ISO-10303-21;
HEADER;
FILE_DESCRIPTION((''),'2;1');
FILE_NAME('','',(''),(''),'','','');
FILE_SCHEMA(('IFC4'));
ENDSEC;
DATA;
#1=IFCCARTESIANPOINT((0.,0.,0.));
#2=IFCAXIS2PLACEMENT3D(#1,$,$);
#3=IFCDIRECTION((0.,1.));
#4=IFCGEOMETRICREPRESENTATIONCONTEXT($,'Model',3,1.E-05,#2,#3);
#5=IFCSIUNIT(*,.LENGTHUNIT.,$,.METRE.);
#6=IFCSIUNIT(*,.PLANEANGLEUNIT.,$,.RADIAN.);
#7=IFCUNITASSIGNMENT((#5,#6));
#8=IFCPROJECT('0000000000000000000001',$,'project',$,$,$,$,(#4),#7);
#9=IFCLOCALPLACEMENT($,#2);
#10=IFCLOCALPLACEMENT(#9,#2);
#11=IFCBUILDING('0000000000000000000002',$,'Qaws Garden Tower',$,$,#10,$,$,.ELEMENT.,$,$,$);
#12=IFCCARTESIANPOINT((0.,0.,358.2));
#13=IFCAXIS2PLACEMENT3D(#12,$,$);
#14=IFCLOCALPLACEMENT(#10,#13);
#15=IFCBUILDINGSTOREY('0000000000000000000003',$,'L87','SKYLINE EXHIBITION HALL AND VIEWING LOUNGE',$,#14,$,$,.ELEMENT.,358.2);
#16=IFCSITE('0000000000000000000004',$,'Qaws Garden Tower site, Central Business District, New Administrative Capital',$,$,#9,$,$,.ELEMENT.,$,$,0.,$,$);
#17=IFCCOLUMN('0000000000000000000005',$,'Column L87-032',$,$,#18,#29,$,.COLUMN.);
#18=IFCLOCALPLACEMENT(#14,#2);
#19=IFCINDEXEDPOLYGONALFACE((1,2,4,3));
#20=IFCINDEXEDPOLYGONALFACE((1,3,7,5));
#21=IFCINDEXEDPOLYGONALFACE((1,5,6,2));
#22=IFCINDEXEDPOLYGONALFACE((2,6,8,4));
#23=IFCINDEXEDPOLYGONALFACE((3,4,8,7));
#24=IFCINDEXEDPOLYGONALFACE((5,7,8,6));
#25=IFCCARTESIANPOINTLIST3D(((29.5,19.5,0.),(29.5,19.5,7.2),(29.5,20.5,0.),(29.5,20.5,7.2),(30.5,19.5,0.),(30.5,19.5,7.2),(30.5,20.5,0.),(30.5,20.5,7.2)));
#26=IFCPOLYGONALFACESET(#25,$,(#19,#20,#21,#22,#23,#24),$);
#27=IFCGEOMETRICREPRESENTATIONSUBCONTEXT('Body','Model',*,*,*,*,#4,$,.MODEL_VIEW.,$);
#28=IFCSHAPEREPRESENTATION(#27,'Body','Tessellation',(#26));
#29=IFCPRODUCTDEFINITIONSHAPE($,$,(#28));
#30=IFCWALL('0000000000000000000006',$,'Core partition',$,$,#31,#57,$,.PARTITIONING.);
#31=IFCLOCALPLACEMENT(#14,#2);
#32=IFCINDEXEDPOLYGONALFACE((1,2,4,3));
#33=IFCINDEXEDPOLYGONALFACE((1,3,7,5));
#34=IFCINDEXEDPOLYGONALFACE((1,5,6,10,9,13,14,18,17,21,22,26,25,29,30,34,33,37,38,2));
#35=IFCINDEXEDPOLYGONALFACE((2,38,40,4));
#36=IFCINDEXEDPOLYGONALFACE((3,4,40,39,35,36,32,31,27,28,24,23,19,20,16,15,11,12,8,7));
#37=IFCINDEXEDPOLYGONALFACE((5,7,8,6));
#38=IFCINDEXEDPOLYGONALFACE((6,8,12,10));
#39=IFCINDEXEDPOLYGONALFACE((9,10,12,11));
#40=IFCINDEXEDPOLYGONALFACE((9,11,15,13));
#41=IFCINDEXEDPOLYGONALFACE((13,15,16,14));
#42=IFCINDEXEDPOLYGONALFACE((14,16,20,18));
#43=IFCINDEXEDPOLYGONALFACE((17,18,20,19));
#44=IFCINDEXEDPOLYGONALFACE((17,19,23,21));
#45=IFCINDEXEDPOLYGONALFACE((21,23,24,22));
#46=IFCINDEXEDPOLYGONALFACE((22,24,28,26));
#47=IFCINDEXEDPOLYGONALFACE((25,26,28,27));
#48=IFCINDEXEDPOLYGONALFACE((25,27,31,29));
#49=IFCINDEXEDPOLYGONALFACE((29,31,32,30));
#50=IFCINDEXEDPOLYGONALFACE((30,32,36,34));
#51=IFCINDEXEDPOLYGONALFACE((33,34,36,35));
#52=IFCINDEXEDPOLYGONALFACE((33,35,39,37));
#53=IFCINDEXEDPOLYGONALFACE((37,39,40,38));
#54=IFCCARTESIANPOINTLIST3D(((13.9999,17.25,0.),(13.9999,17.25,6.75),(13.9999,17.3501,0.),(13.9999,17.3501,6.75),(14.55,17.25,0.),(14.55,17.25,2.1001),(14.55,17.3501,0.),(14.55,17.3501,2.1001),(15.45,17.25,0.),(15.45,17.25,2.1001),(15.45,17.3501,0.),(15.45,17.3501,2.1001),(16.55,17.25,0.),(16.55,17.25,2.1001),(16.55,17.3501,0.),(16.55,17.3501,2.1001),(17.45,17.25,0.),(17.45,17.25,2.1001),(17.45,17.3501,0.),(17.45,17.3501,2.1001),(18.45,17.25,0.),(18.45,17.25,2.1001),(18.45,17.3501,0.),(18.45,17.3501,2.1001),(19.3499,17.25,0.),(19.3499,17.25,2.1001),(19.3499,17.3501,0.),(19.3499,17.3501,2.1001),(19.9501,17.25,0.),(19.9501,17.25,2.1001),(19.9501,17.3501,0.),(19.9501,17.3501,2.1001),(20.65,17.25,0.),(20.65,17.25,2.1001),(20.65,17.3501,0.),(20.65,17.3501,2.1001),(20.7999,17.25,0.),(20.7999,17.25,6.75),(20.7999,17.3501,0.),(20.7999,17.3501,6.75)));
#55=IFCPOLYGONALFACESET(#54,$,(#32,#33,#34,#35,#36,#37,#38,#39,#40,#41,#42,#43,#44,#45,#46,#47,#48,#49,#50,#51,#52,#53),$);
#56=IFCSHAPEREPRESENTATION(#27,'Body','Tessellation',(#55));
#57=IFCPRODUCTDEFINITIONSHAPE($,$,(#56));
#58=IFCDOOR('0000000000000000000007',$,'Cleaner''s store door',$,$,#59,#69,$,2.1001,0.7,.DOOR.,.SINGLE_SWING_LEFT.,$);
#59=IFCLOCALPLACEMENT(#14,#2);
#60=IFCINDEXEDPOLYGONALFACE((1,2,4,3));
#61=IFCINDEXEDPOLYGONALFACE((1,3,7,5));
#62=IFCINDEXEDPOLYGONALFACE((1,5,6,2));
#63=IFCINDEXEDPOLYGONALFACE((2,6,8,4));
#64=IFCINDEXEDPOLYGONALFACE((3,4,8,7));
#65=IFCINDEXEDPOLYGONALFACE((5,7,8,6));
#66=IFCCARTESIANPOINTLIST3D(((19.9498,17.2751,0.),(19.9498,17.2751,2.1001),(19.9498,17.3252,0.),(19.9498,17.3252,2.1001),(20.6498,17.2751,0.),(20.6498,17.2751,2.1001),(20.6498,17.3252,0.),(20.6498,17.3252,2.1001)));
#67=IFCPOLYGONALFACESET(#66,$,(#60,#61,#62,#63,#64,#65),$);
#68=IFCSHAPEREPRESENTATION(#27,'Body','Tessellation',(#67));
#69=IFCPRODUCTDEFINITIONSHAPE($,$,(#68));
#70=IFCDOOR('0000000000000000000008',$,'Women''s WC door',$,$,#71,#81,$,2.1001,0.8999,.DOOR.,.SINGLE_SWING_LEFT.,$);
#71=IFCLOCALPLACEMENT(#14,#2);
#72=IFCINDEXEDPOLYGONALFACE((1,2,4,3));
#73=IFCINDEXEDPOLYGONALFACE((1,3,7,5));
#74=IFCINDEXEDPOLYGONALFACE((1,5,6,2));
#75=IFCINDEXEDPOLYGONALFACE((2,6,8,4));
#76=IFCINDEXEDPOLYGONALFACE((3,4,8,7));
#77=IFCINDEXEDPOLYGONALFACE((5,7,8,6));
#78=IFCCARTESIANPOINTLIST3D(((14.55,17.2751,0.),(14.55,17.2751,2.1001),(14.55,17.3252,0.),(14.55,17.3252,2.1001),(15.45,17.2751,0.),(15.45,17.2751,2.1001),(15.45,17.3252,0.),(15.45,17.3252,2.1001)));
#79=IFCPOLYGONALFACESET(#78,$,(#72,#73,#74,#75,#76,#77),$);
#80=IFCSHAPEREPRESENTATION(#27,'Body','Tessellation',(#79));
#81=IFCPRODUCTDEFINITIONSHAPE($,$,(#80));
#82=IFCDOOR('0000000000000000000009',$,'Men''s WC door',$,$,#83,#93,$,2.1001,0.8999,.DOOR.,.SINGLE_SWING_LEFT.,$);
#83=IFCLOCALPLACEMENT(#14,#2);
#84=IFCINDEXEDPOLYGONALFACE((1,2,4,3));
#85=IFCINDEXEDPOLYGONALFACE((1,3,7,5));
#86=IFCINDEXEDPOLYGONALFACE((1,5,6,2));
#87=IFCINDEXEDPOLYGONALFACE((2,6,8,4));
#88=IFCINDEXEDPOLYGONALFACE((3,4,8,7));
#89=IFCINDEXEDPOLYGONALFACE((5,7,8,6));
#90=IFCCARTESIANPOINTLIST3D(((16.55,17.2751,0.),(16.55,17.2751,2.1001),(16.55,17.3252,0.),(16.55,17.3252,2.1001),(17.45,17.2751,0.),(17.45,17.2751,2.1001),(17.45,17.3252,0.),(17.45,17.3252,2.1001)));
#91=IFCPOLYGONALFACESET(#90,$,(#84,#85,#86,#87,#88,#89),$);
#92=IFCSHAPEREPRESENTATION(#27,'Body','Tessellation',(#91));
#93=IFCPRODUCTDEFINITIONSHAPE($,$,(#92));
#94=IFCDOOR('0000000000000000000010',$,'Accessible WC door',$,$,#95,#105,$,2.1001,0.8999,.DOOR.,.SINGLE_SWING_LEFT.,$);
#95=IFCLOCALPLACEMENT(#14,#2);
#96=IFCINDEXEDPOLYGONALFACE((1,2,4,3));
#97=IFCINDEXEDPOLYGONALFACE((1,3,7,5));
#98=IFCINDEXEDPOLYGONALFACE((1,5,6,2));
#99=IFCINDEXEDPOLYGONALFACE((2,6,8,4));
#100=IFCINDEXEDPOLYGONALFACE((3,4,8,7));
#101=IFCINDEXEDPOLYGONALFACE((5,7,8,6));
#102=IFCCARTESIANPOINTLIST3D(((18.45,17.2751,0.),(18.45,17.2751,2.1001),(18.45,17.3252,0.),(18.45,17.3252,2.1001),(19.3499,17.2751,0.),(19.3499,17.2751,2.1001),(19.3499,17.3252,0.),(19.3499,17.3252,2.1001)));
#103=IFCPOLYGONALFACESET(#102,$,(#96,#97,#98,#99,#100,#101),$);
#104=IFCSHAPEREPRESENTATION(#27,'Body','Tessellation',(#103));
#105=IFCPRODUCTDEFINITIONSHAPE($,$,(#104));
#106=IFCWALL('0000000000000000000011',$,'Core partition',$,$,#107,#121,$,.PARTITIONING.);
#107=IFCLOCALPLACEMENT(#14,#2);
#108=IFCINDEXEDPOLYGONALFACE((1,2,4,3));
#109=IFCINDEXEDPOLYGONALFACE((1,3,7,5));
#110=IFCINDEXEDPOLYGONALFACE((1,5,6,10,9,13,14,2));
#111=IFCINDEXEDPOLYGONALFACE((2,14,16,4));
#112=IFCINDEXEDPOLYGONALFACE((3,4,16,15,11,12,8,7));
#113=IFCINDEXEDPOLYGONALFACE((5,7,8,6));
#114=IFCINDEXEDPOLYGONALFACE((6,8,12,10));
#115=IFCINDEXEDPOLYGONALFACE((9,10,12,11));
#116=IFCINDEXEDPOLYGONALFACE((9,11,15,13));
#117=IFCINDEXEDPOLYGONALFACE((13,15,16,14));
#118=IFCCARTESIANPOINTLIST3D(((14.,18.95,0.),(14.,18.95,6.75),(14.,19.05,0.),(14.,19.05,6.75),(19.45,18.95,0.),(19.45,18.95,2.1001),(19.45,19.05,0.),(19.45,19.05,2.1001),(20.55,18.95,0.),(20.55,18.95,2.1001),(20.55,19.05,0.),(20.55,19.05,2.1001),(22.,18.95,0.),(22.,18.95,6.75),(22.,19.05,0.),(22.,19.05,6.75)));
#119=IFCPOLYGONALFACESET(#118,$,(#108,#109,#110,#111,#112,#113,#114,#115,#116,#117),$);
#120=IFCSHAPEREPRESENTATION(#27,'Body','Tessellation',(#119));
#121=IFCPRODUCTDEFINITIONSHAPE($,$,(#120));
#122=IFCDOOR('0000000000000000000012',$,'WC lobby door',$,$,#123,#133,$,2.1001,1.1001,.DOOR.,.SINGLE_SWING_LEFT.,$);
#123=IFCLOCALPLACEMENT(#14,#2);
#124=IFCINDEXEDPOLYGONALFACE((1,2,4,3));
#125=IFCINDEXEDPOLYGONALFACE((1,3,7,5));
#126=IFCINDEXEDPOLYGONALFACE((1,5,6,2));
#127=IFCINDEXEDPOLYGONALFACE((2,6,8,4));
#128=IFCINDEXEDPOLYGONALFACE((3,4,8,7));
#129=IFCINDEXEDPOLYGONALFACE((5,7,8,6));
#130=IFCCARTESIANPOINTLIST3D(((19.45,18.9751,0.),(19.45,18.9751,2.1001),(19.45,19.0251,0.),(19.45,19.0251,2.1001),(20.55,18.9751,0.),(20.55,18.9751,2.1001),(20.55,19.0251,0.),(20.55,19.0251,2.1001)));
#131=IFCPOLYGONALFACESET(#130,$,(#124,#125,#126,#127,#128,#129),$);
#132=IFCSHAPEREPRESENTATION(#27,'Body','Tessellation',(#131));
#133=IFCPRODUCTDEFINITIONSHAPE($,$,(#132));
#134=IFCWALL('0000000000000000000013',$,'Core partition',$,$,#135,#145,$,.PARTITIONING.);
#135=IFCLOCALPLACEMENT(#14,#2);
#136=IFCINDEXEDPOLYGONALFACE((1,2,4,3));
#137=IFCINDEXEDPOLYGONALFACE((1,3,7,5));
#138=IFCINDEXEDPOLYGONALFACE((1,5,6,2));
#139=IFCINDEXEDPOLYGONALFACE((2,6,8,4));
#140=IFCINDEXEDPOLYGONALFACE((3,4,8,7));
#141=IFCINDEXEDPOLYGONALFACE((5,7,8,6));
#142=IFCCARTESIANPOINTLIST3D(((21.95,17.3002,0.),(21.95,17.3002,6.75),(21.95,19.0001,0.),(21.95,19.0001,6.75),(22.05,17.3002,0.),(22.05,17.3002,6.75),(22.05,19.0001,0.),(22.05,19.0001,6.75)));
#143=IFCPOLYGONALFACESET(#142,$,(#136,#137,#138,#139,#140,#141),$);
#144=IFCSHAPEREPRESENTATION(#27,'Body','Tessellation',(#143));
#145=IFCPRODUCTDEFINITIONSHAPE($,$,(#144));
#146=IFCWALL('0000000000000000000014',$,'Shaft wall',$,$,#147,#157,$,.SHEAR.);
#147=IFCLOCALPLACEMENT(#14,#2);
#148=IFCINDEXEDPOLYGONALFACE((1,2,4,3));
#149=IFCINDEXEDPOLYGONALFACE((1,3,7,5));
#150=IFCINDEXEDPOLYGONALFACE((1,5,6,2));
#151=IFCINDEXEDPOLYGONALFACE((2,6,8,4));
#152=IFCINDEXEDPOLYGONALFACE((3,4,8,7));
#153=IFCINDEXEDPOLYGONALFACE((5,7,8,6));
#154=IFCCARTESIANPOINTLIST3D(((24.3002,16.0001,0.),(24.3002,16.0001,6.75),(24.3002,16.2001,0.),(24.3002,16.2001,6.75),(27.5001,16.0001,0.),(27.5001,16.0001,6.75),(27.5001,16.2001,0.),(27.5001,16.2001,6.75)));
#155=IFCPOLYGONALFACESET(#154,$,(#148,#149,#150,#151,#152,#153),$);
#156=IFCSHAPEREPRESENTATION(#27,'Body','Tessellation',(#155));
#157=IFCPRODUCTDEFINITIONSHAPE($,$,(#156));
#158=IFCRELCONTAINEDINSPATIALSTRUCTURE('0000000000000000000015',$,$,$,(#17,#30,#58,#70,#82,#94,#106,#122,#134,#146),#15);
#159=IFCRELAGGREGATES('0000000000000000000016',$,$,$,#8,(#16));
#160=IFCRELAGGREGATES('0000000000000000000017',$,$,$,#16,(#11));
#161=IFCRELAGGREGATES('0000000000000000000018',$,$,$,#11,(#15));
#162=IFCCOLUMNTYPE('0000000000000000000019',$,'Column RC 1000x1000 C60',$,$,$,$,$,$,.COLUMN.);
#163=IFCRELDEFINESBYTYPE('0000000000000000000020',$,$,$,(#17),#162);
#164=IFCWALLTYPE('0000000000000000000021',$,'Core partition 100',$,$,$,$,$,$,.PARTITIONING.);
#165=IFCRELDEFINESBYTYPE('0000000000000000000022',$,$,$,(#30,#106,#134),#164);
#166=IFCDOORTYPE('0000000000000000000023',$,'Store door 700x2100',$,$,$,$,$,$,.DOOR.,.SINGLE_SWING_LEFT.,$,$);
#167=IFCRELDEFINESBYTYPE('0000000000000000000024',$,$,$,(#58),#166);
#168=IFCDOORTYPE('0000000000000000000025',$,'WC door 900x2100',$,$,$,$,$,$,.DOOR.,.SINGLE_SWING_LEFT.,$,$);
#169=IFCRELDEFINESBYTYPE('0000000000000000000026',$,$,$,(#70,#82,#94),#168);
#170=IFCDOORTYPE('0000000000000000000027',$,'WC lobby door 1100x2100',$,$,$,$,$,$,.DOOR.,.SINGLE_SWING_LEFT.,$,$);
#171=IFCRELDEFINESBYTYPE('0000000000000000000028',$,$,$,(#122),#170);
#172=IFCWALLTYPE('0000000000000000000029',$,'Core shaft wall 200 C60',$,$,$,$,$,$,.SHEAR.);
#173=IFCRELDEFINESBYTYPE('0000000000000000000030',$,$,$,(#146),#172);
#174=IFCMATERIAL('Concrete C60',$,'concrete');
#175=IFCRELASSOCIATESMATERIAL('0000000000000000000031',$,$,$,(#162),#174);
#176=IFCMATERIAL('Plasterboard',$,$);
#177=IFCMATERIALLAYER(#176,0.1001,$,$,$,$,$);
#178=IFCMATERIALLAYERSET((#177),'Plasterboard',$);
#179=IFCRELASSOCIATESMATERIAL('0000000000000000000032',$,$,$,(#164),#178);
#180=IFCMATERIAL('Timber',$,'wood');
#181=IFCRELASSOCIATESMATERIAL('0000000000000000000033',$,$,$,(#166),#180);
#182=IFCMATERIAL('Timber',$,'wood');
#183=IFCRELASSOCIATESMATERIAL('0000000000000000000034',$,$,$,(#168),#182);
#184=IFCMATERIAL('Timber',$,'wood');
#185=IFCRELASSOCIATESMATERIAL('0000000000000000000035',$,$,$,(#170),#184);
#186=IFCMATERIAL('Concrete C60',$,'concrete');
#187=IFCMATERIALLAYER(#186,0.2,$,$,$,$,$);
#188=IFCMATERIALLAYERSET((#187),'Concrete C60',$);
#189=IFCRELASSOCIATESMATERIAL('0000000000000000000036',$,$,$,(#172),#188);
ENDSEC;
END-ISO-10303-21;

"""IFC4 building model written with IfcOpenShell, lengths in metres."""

from ifc_helpers import new_model, si_unit, direction, frame, frame_2d, origin, origin_2d, place, context, subcontext, project, spatial, rectangle, extrude, material, layer, layer_set, material_profile, profile_set, type_object, element, fill, save


model = new_model("IFC4")

# Units and contexts
model_context = context("Model", 3, precision=1e-05, world=origin(), true_north=direction((0.0, 1.0)))
body_context = subcontext(model_context, "Body", "Model", "MODEL_VIEW")
ifc_project = project(units=[si_unit("LENGTHUNIT", "METRE"), si_unit("PLANEANGLEUNIT", "RADIAN")], contexts=[model_context])

# Site, building, storey
site_placement = place(None, origin())
site = spatial("IfcSite", under=ifc_project, at=site_placement, Name="Qaws Garden Tower site, Central Business District, New Administrative Capital", CompositionType="ELEMENT", RefElevation=0.0)
building_placement = place(site_placement, origin())
building = spatial("IfcBuilding", under=site, at=building_placement, Name="Qaws Garden Tower", CompositionType="ELEMENT")
storey_placement = place(building_placement, frame((0.0, 0.0, 358.2)))
storey = spatial("IfcBuildingStorey", under=building, at=storey_placement, Name="L87", Description="SKYLINE EXHIBITION HALL AND VIEWING LOUNGE", CompositionType="ELEMENT", Elevation=358.2)

# Column
ifc_material_1 = material(Name="Concrete C60", Category="concrete")
ifc_material_profile = material_profile(ifc_material_1, rectangle(XDim=1.0, YDim=1.0, at=origin_2d()), Name="RC 1000x1000")
ifc_profile_set = profile_set([ifc_material_profile], Name="Concrete C60")
column_type = type_object("IfcColumnType", Name="Column RC 1000x1000 C60", PredefinedType="COLUMN", material=ifc_profile_set)
column_placement = place(storey_placement, frame((30.0, 20.0, 0.0), z_axis=(0.0, 0.0, 1.0), x_axis=(1.0, 0.0, 0.0)))
element("IfcColumn", 1, at=column_placement, inside=storey, type_object=column_type, Name="Column L87-032", PredefinedType="COLUMN", context=body_context, shape_type="SweptSolid", body=[
    extrude(rectangle(XDim=1.0, YDim=1.0, at=origin_2d()), origin(), (0.0, 0.0, 1.0), 7.2),
])

# Wall, openings, doors
ifc_material_2 = material(Name="Plasterboard")
ifc_layer_1 = layer(ifc_material_2, 0.1001)
ifc_layer_set_1 = layer_set([ifc_layer_1], Name="Plasterboard")
wall_type_1 = type_object("IfcWallType", Name="Core partition 100", PredefinedType="PARTITIONING", material=ifc_layer_set_1)
wall_1_placement = place(storey_placement, frame((14.0, 17.3, 0.0), z_axis=(0.0, 0.0, 1.0), x_axis=(1.0, 0.0, 0.0)))
wall_1 = element("IfcWall", 2, at=wall_1_placement, inside=storey, type_object=wall_type_1, Name="Core partition", PredefinedType="PARTITIONING", context=body_context, shape_type="SweptSolid", body=[
    extrude(rectangle(XDim=6.8, YDim=0.1001, at=frame_2d((3.3999, 0.0))), origin(), (0.0, 0.0, 1.0), 6.75),
])
opening_1_placement = place(wall_1_placement, frame((0.55, 0.0, 0.0)))
opening_1 = element("IfcOpeningElement", 3, at=opening_1_placement, cuts=wall_1, PredefinedType="OPENING", context=body_context, shape_type="SweptSolid", body=[
    extrude(rectangle(XDim=0.8999, YDim=2.1001, at=frame_2d((0.45, 1.05))), frame((0.0, 0.0601, 0.0), z_axis=(0.0, -1.0, 0.0), x_axis=(1.0, 0.0, 0.0)), (0.0, 0.0, 1.0), 0.1201),
])
opening_2_placement = place(wall_1_placement, frame((2.55, 0.0, 0.0)))
opening_2 = element("IfcOpeningElement", 4, at=opening_2_placement, cuts=wall_1, PredefinedType="OPENING", context=body_context, shape_type="SweptSolid", body=[
    extrude(rectangle(XDim=0.8999, YDim=2.1001, at=frame_2d((0.45, 1.05))), frame((0.0, 0.0601, 0.0), z_axis=(0.0, -1.0, 0.0), x_axis=(1.0, 0.0, 0.0)), (0.0, 0.0, 1.0), 0.1201),
])
opening_3_placement = place(wall_1_placement, frame((4.45, 0.0, 0.0)))
opening_3 = element("IfcOpeningElement", 5, at=opening_3_placement, cuts=wall_1, PredefinedType="OPENING", context=body_context, shape_type="SweptSolid", body=[
    extrude(rectangle(XDim=0.8999, YDim=2.1001, at=frame_2d((0.45, 1.05))), frame((0.0, 0.0601, 0.0), z_axis=(0.0, -1.0, 0.0), x_axis=(1.0, 0.0, 0.0)), (0.0, 0.0, 1.0), 0.1201),
])
opening_4_placement = place(wall_1_placement, frame((5.95, 0.0, 0.0)))
opening_4 = element("IfcOpeningElement", 6, at=opening_4_placement, cuts=wall_1, PredefinedType="OPENING", context=body_context, shape_type="SweptSolid", body=[
    extrude(rectangle(XDim=0.7, YDim=2.1001, at=frame_2d((0.3501, 1.05))), frame((0.0, 0.0601, 0.0), z_axis=(0.0, -1.0, 0.0), x_axis=(1.0, 0.0, 0.0)), (0.0, 0.0, 1.0), 0.1201),
])
ifc_material_3 = material(Name="Timber", Category="wood")
door_type_1 = type_object("IfcDoorType", Name="Store door 700x2100", OperationType="SINGLE_SWING_LEFT", PredefinedType="DOOR", material=ifc_material_3)
door_1_placement = place(opening_4_placement, frame((0.7, 0.0, 0.0), z_axis=(0.0, 0.0, 1.0), x_axis=(-1.0, 0.0, 0.0)))
door_1 = element("IfcDoor", 7, at=door_1_placement, inside=storey, type_object=door_type_1, Name="Cleaner's store door", OperationType="SINGLE_SWING_LEFT", OverallHeight=2.1001, OverallWidth=0.7, PredefinedType="DOOR", context=body_context, shape_type="SweptSolid", body=[
    extrude(rectangle(XDim=0.7, YDim=2.1001, at=frame_2d((0.3501, 1.05))), frame((0.0, 0.0249, 0.0), z_axis=(0.0, -1.0, 0.0), x_axis=(1.0, 0.0, 0.0)), (0.0, 0.0, 1.0), 0.05),
])
fill(opening_4, door_1)
ifc_material_4 = material(Name="Timber", Category="wood")
door_type_2 = type_object("IfcDoorType", Name="WC door 900x2100", OperationType="SINGLE_SWING_LEFT", PredefinedType="DOOR", material=ifc_material_4)
door_2_placement = place(opening_1_placement, frame((0.8999, 0.0, 0.0), z_axis=(0.0, 0.0, 1.0), x_axis=(-1.0, 0.0, 0.0)))
door_2 = element("IfcDoor", 8, at=door_2_placement, inside=storey, type_object=door_type_2, Name="Women's WC door", OperationType="SINGLE_SWING_LEFT", OverallHeight=2.1001, OverallWidth=0.8999, PredefinedType="DOOR", context=body_context, shape_type="SweptSolid", body=[
    extrude(rectangle(XDim=0.8999, YDim=2.1001, at=frame_2d((0.45, 1.05))), frame((0.0, 0.0249, 0.0), z_axis=(0.0, -1.0, 0.0), x_axis=(1.0, 0.0, 0.0)), (0.0, 0.0, 1.0), 0.05),
])
fill(opening_1, door_2)
door_3_placement = place(opening_2_placement, frame((0.8999, 0.0, 0.0), z_axis=(0.0, 0.0, 1.0), x_axis=(-1.0, 0.0, 0.0)))
door_3 = element("IfcDoor", 9, at=door_3_placement, inside=storey, type_object=door_type_2, Name="Men's WC door", OperationType="SINGLE_SWING_LEFT", OverallHeight=2.1001, OverallWidth=0.8999, PredefinedType="DOOR", context=body_context, shape_type="SweptSolid", body=[
    extrude(rectangle(XDim=0.8999, YDim=2.1001, at=frame_2d((0.45, 1.05))), frame((0.0, 0.0249, 0.0), z_axis=(0.0, -1.0, 0.0), x_axis=(1.0, 0.0, 0.0)), (0.0, 0.0, 1.0), 0.05),
])
fill(opening_2, door_3)
door_4_placement = place(opening_3_placement, frame((0.8999, 0.0, 0.0), z_axis=(0.0, 0.0, 1.0), x_axis=(-1.0, 0.0, 0.0)))
door_4 = element("IfcDoor", 10, at=door_4_placement, inside=storey, type_object=door_type_2, Name="Accessible WC door", OperationType="SINGLE_SWING_LEFT", OverallHeight=2.1001, OverallWidth=0.8999, PredefinedType="DOOR", context=body_context, shape_type="SweptSolid", body=[
    extrude(rectangle(XDim=0.8999, YDim=2.1001, at=frame_2d((0.45, 1.05))), frame((0.0, 0.0249, 0.0), z_axis=(0.0, -1.0, 0.0), x_axis=(1.0, 0.0, 0.0)), (0.0, 0.0, 1.0), 0.05),
])
fill(opening_3, door_4)

# Wall, opening, door
wall_2_placement = place(storey_placement, frame((14.0, 19.0, 0.0), z_axis=(0.0, 0.0, 1.0), x_axis=(1.0, 0.0, 0.0)))
wall_2 = element("IfcWall", 11, at=wall_2_placement, inside=storey, type_object=wall_type_1, Name="Core partition", PredefinedType="PARTITIONING", context=body_context, shape_type="SweptSolid", body=[
    extrude(rectangle(XDim=8.0, YDim=0.1001, at=frame_2d((4.0, 0.0))), origin(), (0.0, 0.0, 1.0), 6.75),
])
opening_5_placement = place(wall_2_placement, frame((5.45, 0.0, 0.0)))
opening_5 = element("IfcOpeningElement", 12, at=opening_5_placement, cuts=wall_2, PredefinedType="OPENING", context=body_context, shape_type="SweptSolid", body=[
    extrude(rectangle(XDim=1.1001, YDim=2.1001, at=frame_2d((0.55, 1.05))), frame((0.0, 0.0601, 0.0), z_axis=(0.0, -1.0, 0.0), x_axis=(1.0, 0.0, 0.0)), (0.0, 0.0, 1.0), 0.1201),
])
ifc_material_5 = material(Name="Timber", Category="wood")
door_type_3 = type_object("IfcDoorType", Name="WC lobby door 1100x2100", OperationType="SINGLE_SWING_LEFT", PredefinedType="DOOR", material=ifc_material_5)
door_5_placement = place(opening_5_placement, frame((1.1001, 0.0, 0.0), z_axis=(0.0, 0.0, 1.0), x_axis=(-1.0, 0.0, 0.0)))
door_5 = element("IfcDoor", 13, at=door_5_placement, inside=storey, type_object=door_type_3, Name="WC lobby door", OperationType="SINGLE_SWING_LEFT", OverallHeight=2.1001, OverallWidth=1.1001, PredefinedType="DOOR", context=body_context, shape_type="SweptSolid", body=[
    extrude(rectangle(XDim=1.1001, YDim=2.1001, at=frame_2d((0.55, 1.05))), frame((0.0, 0.0249, 0.0), z_axis=(0.0, -1.0, 0.0), x_axis=(1.0, 0.0, 0.0)), (0.0, 0.0, 1.0), 0.05),
])
fill(opening_5, door_5)

# Walls
wall_3_placement = place(storey_placement, frame((22.0, 17.3, 0.0), z_axis=(0.0, 0.0, 1.0), x_axis=(0.0, 1.0, 0.0)))
element("IfcWall", 14, at=wall_3_placement, inside=storey, type_object=wall_type_1, Name="Core partition", PredefinedType="PARTITIONING", context=body_context, shape_type="SweptSolid", body=[
    extrude(rectangle(XDim=1.7, YDim=0.1001, at=frame_2d((0.8501, 0.0))), origin(), (0.0, 0.0, 1.0), 6.75),
])
ifc_material_6 = material(Name="Concrete C60", Category="concrete")
ifc_layer_2 = layer(ifc_material_6, 0.2)
ifc_layer_set_2 = layer_set([ifc_layer_2], Name="Concrete C60")
wall_type_2 = type_object("IfcWallType", Name="Core shaft wall 200 C60", PredefinedType="SHEAR", material=ifc_layer_set_2)
wall_4_placement = place(storey_placement, frame((24.3, 16.1001, 0.0), z_axis=(0.0, 0.0, 1.0), x_axis=(1.0, 0.0, 0.0)))
element("IfcWall", 15, at=wall_4_placement, inside=storey, type_object=wall_type_2, Name="Shaft wall", PredefinedType="SHEAR", context=body_context, shape_type="SweptSolid", body=[
    extrude(rectangle(XDim=3.2, YDim=0.2, at=frame_2d((1.6001, 0.0))), origin(), (0.0, 0.0, 1.0), 6.75),
])

save(model, "model.ifc")
